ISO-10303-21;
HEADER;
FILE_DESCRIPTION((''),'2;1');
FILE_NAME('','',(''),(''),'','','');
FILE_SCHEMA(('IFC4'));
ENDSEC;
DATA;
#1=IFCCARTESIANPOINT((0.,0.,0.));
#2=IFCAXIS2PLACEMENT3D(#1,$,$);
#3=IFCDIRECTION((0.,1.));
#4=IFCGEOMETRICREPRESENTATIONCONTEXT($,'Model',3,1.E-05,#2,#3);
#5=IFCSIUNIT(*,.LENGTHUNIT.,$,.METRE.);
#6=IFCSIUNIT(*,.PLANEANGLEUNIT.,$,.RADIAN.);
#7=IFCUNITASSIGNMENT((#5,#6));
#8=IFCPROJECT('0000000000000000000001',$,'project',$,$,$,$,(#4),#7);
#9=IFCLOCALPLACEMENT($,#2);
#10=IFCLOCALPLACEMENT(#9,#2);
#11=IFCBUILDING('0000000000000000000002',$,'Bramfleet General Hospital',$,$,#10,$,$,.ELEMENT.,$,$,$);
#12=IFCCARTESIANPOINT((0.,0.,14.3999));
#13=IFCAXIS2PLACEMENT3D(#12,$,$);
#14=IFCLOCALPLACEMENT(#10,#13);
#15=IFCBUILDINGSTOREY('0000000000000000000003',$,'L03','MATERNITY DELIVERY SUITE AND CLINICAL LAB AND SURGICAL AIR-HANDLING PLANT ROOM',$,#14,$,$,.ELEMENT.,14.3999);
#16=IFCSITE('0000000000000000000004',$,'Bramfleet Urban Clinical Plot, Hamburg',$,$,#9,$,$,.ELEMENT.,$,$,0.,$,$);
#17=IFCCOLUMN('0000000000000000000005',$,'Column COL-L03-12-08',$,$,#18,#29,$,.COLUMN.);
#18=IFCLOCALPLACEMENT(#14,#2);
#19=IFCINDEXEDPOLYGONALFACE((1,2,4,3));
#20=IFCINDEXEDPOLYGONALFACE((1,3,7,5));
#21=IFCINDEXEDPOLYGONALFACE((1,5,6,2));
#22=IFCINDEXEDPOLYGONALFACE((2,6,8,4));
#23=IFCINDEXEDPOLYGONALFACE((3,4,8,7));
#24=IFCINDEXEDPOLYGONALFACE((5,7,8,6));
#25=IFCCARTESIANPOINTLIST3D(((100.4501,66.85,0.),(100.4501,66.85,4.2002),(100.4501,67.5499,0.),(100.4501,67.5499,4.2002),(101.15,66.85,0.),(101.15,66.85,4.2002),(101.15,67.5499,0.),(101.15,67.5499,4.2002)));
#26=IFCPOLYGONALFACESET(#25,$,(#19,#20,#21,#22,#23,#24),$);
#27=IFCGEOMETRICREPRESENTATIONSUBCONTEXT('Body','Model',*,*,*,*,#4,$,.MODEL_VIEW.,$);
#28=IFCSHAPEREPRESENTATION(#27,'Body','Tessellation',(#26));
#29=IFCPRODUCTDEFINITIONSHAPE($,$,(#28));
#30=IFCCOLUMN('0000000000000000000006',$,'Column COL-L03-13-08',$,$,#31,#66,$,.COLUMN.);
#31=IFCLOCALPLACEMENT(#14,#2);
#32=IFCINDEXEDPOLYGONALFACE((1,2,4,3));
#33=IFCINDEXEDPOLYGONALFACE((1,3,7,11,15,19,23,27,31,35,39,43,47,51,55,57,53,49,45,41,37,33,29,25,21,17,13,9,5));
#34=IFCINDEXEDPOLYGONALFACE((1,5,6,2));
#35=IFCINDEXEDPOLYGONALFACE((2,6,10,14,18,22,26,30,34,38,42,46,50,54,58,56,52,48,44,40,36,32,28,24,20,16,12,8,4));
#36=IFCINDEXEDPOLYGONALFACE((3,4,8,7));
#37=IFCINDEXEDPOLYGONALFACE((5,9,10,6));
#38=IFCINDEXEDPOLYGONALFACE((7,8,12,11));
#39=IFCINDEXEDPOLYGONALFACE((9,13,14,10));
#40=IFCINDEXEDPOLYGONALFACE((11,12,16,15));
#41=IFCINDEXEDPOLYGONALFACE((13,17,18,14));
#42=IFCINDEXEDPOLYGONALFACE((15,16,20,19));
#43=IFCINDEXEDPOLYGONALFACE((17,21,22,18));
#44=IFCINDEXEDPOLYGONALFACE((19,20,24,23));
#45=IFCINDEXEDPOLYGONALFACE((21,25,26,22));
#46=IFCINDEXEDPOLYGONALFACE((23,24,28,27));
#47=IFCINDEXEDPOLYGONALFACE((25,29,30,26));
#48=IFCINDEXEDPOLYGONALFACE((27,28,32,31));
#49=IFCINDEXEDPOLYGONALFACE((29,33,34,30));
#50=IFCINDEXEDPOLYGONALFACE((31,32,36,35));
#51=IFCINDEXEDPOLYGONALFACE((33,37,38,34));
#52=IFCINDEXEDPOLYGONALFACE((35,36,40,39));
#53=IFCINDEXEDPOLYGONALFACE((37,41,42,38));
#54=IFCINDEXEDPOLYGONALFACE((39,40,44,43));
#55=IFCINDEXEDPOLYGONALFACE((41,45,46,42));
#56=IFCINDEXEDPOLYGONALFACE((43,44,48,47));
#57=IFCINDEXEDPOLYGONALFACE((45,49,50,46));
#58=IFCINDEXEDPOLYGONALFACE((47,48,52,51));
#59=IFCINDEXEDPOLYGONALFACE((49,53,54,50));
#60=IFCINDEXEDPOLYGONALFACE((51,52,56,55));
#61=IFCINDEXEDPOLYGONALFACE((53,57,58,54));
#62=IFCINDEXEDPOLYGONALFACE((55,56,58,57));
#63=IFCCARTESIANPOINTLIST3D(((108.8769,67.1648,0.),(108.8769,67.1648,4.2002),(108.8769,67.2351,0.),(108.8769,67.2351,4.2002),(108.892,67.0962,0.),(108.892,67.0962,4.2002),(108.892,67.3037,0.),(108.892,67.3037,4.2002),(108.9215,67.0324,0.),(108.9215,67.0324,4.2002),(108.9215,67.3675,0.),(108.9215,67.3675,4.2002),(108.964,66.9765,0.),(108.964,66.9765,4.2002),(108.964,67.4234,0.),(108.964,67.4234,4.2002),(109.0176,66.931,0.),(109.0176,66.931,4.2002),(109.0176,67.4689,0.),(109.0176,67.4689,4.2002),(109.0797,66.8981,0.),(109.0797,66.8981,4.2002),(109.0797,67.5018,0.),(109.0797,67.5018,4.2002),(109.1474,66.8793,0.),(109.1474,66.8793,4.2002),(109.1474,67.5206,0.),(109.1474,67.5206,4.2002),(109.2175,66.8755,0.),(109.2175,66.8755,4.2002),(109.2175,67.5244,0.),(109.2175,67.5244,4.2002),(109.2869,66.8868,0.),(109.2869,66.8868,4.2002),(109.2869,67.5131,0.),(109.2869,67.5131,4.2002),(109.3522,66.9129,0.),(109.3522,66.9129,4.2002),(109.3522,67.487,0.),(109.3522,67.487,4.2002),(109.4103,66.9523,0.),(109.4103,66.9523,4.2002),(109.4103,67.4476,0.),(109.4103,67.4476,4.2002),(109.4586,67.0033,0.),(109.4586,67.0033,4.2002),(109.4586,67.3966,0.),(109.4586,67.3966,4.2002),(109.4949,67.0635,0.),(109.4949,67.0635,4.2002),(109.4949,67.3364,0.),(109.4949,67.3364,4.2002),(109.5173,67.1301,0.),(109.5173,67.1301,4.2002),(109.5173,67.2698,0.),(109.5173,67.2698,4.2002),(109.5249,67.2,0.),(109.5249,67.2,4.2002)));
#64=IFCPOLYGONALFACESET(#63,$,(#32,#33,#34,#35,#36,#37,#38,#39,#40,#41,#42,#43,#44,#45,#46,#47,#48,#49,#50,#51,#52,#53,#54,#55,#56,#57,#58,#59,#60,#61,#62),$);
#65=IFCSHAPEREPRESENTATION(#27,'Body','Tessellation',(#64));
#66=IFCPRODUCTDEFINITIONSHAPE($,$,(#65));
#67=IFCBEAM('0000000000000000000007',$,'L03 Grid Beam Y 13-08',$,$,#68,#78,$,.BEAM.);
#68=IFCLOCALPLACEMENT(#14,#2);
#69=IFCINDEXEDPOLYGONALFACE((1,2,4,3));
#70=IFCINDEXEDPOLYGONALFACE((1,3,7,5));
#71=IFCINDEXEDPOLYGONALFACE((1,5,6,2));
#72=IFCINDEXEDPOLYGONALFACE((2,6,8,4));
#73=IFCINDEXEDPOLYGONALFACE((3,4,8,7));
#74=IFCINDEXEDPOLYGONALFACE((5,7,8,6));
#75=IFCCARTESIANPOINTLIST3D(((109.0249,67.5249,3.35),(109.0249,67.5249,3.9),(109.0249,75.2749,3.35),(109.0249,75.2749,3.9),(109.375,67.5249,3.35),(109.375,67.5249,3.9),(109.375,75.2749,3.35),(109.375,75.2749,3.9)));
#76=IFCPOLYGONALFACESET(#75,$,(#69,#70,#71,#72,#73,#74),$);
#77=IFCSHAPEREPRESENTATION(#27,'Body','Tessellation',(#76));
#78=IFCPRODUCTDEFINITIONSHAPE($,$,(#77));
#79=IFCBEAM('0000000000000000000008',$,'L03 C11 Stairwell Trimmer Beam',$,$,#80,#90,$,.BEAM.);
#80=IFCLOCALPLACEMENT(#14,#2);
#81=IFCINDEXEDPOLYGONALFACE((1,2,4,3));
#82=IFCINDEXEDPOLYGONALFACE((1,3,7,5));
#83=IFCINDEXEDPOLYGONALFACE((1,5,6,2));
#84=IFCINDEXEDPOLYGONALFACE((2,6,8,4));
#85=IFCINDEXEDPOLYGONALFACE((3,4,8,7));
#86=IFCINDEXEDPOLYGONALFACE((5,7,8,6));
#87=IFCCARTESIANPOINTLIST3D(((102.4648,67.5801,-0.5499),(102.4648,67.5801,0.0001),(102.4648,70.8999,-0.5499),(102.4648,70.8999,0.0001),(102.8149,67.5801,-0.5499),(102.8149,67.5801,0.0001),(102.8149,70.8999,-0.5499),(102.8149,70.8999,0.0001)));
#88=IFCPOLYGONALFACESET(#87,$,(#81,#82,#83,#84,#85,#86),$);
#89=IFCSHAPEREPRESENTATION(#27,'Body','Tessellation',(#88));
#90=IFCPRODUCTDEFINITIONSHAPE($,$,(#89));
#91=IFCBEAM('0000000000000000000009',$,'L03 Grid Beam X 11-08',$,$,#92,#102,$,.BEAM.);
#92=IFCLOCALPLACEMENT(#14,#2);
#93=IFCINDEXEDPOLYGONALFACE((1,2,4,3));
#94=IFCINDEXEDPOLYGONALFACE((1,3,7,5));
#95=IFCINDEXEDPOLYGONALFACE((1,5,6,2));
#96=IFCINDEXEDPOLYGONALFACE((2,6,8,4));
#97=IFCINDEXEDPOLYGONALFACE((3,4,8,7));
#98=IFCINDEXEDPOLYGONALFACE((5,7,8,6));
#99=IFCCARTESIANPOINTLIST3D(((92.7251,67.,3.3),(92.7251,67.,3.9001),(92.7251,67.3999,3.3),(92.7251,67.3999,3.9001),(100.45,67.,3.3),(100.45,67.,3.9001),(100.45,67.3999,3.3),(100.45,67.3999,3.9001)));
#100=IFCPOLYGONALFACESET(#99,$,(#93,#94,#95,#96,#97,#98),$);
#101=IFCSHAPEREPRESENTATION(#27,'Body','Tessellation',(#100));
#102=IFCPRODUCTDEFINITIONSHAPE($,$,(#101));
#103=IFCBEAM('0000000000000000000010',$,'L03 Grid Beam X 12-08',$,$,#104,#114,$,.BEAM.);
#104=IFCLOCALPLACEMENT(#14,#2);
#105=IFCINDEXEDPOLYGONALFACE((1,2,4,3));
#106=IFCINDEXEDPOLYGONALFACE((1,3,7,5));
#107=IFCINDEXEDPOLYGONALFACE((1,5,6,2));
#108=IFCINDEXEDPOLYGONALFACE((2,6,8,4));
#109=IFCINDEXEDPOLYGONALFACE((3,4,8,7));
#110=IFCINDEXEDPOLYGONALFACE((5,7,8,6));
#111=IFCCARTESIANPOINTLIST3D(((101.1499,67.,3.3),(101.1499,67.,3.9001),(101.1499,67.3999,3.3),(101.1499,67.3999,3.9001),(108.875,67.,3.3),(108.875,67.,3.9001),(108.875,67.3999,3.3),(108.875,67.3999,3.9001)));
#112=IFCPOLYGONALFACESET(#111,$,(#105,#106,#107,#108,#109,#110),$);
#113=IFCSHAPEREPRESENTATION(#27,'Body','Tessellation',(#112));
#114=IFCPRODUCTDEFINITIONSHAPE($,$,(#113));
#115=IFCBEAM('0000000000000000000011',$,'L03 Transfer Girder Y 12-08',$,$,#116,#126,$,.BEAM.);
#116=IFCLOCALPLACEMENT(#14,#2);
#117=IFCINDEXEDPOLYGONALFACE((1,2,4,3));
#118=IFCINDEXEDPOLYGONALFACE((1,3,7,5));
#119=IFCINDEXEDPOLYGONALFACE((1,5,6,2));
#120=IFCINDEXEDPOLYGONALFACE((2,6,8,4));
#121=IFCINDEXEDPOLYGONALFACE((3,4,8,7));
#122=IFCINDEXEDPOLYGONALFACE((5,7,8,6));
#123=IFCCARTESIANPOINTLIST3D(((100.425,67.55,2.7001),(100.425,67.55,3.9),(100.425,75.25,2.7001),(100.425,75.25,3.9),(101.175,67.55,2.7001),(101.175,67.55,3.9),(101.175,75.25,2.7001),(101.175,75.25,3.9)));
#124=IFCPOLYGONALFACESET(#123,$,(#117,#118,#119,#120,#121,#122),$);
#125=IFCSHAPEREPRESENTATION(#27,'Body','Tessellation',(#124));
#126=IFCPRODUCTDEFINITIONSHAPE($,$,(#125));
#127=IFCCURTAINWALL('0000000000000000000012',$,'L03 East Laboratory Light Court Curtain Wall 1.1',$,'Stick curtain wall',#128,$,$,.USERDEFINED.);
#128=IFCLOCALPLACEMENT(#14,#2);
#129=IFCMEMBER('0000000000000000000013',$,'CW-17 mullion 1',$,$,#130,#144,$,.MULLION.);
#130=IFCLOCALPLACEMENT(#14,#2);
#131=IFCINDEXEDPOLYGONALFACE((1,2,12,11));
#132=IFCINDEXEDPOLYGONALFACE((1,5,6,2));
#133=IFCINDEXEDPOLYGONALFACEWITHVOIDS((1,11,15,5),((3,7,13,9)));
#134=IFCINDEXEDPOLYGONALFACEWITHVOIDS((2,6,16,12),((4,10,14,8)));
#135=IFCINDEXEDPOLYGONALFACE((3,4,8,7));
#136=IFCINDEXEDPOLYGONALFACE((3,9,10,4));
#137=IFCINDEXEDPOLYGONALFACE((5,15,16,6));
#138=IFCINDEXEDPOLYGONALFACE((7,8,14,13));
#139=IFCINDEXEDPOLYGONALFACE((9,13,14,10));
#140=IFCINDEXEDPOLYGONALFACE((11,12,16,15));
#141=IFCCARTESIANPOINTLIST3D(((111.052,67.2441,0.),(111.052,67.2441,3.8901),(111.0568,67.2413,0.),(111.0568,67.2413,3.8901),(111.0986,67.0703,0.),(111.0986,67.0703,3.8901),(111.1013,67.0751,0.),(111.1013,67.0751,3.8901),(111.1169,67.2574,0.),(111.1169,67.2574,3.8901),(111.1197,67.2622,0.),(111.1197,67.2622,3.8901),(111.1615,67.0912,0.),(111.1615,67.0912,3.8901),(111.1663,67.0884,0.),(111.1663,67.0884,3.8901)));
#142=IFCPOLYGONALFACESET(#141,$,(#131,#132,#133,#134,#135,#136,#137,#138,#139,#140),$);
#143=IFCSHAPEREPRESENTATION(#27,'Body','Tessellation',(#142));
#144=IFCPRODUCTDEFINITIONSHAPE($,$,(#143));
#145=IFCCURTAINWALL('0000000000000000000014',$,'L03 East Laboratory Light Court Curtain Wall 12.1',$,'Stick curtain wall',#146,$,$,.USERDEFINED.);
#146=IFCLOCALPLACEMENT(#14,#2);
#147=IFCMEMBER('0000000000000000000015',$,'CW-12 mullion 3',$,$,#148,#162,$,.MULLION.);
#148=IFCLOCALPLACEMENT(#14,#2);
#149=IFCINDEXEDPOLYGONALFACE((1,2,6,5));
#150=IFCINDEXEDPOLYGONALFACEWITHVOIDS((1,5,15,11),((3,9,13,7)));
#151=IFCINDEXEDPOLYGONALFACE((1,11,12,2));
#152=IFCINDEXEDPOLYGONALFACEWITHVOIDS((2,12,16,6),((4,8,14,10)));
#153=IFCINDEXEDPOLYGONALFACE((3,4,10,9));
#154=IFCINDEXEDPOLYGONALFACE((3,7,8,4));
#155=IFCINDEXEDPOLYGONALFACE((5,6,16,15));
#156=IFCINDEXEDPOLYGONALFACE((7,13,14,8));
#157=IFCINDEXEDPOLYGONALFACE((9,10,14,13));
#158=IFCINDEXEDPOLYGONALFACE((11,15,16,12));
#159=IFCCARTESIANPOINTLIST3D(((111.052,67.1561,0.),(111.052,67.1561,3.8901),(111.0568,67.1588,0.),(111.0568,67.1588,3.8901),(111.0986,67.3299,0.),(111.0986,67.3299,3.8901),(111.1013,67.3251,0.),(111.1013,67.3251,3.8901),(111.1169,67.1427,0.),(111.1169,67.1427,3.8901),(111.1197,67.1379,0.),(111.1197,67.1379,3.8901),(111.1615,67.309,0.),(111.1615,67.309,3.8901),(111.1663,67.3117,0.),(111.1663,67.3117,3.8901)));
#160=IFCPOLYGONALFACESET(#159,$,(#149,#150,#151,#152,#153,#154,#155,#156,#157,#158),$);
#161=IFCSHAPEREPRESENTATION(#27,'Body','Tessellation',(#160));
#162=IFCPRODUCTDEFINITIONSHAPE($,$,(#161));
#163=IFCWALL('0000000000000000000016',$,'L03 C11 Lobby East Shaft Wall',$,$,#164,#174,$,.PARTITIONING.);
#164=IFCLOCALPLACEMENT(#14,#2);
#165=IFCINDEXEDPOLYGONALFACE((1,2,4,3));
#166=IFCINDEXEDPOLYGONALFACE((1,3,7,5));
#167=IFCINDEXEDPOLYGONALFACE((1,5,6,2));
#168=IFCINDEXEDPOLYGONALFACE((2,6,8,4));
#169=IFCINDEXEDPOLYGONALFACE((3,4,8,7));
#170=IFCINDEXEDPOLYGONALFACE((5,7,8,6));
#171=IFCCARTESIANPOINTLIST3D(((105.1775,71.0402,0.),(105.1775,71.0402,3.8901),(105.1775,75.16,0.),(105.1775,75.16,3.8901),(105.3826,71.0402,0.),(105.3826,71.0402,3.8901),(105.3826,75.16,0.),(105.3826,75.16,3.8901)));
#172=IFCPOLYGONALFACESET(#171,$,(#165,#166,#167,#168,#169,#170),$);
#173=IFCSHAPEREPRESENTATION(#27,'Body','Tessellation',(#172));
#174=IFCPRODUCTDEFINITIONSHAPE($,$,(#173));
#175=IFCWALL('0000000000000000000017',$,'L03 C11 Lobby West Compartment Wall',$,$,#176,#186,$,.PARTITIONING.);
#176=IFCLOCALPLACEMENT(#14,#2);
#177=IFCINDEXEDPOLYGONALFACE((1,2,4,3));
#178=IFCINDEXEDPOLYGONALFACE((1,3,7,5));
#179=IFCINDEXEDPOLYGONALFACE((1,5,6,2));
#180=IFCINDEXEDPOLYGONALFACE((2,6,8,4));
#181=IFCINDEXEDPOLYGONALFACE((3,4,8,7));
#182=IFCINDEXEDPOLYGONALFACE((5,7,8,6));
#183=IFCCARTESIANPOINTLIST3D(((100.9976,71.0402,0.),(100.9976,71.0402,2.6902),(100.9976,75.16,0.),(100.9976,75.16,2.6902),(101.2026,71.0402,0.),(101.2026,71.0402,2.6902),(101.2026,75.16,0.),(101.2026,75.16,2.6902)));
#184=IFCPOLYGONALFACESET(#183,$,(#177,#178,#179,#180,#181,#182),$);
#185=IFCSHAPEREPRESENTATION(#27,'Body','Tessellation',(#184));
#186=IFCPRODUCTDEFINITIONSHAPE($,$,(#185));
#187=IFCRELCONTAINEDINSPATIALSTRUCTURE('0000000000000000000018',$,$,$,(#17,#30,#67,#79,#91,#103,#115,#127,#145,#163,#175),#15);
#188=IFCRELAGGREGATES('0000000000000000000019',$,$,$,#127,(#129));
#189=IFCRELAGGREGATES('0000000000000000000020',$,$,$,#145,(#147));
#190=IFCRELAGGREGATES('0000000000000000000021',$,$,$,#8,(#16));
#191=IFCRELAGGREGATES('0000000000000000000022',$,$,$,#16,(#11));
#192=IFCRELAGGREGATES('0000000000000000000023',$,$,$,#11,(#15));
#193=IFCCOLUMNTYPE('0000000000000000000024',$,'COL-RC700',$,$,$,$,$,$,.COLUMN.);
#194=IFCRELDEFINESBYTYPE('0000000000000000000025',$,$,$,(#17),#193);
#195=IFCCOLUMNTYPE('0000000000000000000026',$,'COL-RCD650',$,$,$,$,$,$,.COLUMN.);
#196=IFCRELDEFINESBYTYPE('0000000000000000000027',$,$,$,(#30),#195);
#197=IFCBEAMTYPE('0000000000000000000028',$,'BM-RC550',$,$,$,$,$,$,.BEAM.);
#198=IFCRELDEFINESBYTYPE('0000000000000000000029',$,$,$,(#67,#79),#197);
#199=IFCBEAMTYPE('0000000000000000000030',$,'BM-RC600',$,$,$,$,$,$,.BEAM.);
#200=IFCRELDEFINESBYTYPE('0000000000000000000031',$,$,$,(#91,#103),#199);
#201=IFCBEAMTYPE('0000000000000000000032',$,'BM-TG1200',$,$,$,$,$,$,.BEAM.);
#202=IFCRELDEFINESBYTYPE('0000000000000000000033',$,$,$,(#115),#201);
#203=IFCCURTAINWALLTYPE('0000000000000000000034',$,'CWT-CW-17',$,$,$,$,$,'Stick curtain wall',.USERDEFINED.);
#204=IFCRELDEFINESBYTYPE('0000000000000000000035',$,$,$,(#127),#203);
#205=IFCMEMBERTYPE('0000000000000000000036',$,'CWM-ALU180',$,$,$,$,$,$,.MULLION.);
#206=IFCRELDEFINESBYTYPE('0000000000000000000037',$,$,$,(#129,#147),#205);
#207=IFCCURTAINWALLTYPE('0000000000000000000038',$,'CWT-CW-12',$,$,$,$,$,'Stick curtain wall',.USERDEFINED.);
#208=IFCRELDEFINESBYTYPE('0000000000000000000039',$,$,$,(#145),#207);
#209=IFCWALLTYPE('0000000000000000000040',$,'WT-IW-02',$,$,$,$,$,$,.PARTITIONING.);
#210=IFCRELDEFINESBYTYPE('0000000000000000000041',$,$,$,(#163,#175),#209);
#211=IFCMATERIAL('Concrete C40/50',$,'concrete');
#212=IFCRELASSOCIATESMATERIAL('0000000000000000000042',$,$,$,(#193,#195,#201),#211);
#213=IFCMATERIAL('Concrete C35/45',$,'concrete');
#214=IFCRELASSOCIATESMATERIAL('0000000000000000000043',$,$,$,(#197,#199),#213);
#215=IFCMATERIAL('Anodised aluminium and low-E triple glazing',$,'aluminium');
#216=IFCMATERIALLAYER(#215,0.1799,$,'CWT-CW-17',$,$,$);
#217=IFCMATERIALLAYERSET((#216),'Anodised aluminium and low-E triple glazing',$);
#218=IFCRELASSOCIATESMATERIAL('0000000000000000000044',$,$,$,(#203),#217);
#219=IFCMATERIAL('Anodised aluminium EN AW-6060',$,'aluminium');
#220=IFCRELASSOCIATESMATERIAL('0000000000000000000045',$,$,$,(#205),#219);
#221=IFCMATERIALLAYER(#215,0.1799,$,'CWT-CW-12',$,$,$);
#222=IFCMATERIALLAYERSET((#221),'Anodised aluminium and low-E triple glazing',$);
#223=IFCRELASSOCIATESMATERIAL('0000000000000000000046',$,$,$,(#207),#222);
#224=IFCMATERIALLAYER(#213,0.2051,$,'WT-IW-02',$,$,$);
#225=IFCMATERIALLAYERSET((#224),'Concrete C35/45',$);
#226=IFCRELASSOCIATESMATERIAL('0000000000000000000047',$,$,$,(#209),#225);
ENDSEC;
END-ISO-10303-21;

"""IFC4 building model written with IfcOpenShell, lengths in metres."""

from ifc_helpers import new_model, si_unit, direction, frame, frame_2d, origin, origin_2d, place, context, subcontext, project, spatial, rectangle, hollow_rectangle, circle, extrude, material, layer, layer_set, material_profile, profile_set, type_object, element, aggregate, save


model = new_model("IFC4")

# Units and contexts
model_context = context("Model", 3, precision=1e-05, world=origin(), true_north=direction((0.0, 1.0)))
body_context = subcontext(model_context, "Body", "Model", "MODEL_VIEW")
ifc_project = project(units=[si_unit("LENGTHUNIT", "METRE"), si_unit("PLANEANGLEUNIT", "RADIAN")], contexts=[model_context])

# Site, building, storey
site_placement = place(None, origin())
site = spatial("IfcSite", under=ifc_project, at=site_placement, Name="Bramfleet Urban Clinical Plot, Hamburg", CompositionType="ELEMENT", RefElevation=0.0)
building_placement = place(site_placement, origin())
building = spatial("IfcBuilding", under=site, at=building_placement, Name="Bramfleet General Hospital", CompositionType="ELEMENT")
storey_placement = place(building_placement, frame((0.0, 0.0, 14.3999)))
storey = spatial("IfcBuildingStorey", under=building, at=storey_placement, Name="L03", Description="MATERNITY DELIVERY SUITE AND CLINICAL LAB AND SURGICAL AIR-HANDLING PLANT ROOM", CompositionType="ELEMENT", Elevation=14.3999)

# Columns
ifc_material_1 = material(Name="Concrete C40/50", Category="concrete")
ifc_material_profile_1 = material_profile(ifc_material_1, rectangle(XDim=0.7, YDim=0.7, at=origin_2d()), Name="RC COL 700x700")
ifc_profile_set_1 = profile_set([ifc_material_profile_1], Name="Concrete C40/50")
column_type_1 = type_object("IfcColumnType", Name="COL-RC700", PredefinedType="COLUMN", material=ifc_profile_set_1)
column_1_placement = place(storey_placement, frame((100.8, 67.2, 0.0), z_axis=(0.0, 0.0, 1.0), x_axis=(1.0, 0.0, 0.0)))
element("IfcColumn", 1, at=column_1_placement, inside=storey, type_object=column_type_1, Name="Column COL-L03-12-08", PredefinedType="COLUMN", context=body_context, shape_type="SweptSolid", body=[
    extrude(rectangle(XDim=0.7, YDim=0.7, at=origin_2d()), origin(), (0.0, 0.0, 1.0), 4.2002),
])
ifc_material_profile_2 = material_profile(ifc_material_1, circle(Radius=0.325, at=origin_2d()), Name="RC ROUND D650")
ifc_profile_set_2 = profile_set([ifc_material_profile_2], Name="Concrete C40/50")
column_type_2 = type_object("IfcColumnType", Name="COL-RCD650", PredefinedType="COLUMN", material=ifc_profile_set_2)
column_2_placement = place(storey_placement, frame((109.2, 67.2, 0.0), z_axis=(0.0, 0.0, 1.0), x_axis=(1.0, 0.0, 0.0)))
element("IfcColumn", 2, at=column_2_placement, inside=storey, type_object=column_type_2, Name="Column COL-L03-13-08", PredefinedType="COLUMN", context=body_context, shape_type="SweptSolid", body=[
    extrude(circle(Radius=0.325, at=origin_2d()), origin(), (0.0, 0.0, 1.0), 4.2002),
])

# Beams
ifc_material_2 = material(Name="Concrete C35/45", Category="concrete")
ifc_material_profile_3 = material_profile(ifc_material_2, rectangle(XDim=0.3501, YDim=0.55, at=origin_2d()), Name="RC BM 550x350")
ifc_profile_set_3 = profile_set([ifc_material_profile_3], Name="Concrete C35/45")
beam_type_1 = type_object("IfcBeamType", Name="BM-RC550", PredefinedType="BEAM", material=ifc_profile_set_3)
beam_1_placement = place(storey_placement, frame((109.2, 67.5249, 3.625), z_axis=(0.0, 1.0, 0.0), x_axis=(-1.0, 0.0, 0.0)))
element("IfcBeam", 3, at=beam_1_placement, inside=storey, type_object=beam_type_1, Name="L03 Grid Beam Y 13-08", PredefinedType="BEAM", context=body_context, shape_type="SweptSolid", body=[
    extrude(rectangle(XDim=0.3501, YDim=0.55, at=origin_2d()), origin(), (0.0, 0.0, 1.0), 7.75),
])
beam_2_placement = place(storey_placement, frame((102.6399, 67.5801, -0.2749), z_axis=(0.0, 1.0, 0.0), x_axis=(-1.0, 0.0, 0.0)))
element("IfcBeam", 4, at=beam_2_placement, inside=storey, type_object=beam_type_1, Name="L03 C11 Stairwell Trimmer Beam", PredefinedType="BEAM", context=body_context, shape_type="SweptSolid", body=[
    extrude(rectangle(XDim=0.3501, YDim=0.55, at=origin_2d()), origin(), (0.0, 0.0, 1.0), 3.3198),
])
ifc_material_profile_4 = material_profile(ifc_material_2, rectangle(XDim=0.3999, YDim=0.6001, at=origin_2d()), Name="RC BM 600x400")
ifc_profile_set_4 = profile_set([ifc_material_profile_4], Name="Concrete C35/45")
beam_type_2 = type_object("IfcBeamType", Name="BM-RC600", PredefinedType="BEAM", material=ifc_profile_set_4)
beam_3_placement = place(storey_placement, frame((92.7251, 67.2, 3.6001), z_axis=(1.0, 0.0, 0.0), x_axis=(0.0, 1.0, 0.0)))
element("IfcBeam", 5, at=beam_3_placement, inside=storey, type_object=beam_type_2, Name="L03 Grid Beam X 11-08", PredefinedType="BEAM", context=body_context, shape_type="SweptSolid", body=[
    extrude(rectangle(XDim=0.3999, YDim=0.6001, at=origin_2d()), origin(), (0.0, 0.0, 1.0), 7.7249),
])
beam_4_placement = place(storey_placement, frame((101.1499, 67.2, 3.6001), z_axis=(1.0, 0.0, 0.0), x_axis=(0.0, 1.0, 0.0)))
element("IfcBeam", 6, at=beam_4_placement, inside=storey, type_object=beam_type_2, Name="L03 Grid Beam X 12-08", PredefinedType="BEAM", context=body_context, shape_type="SweptSolid", body=[
    extrude(rectangle(XDim=0.3999, YDim=0.6001, at=origin_2d()), origin(), (0.0, 0.0, 1.0), 7.7251),
])
ifc_material_profile_5 = material_profile(ifc_material_1, rectangle(XDim=0.75, YDim=1.2, at=origin_2d()), Name="RC TG 1200x750")
ifc_profile_set_5 = profile_set([ifc_material_profile_5], Name="Concrete C40/50")
beam_type_3 = type_object("IfcBeamType", Name="BM-TG1200", PredefinedType="BEAM", material=ifc_profile_set_5)
beam_5_placement = place(storey_placement, frame((100.8, 67.55, 3.3), z_axis=(0.0, 1.0, 0.0), x_axis=(-1.0, 0.0, 0.0)))
element("IfcBeam", 7, at=beam_5_placement, inside=storey, type_object=beam_type_3, Name="L03 Transfer Girder Y 12-08", PredefinedType="BEAM", context=body_context, shape_type="SweptSolid", body=[
    extrude(rectangle(XDim=0.75, YDim=1.2, at=origin_2d()), origin(), (0.0, 0.0, 1.0), 7.7),
])

# Curtain walls, members
ifc_material_3 = material(Name="Anodised aluminium and low-E triple glazing", Category="aluminium")
ifc_layer_1 = layer(ifc_material_3, 0.1799, Name="CWT-CW-17")
ifc_layer_set_1 = layer_set([ifc_layer_1], Name="Anodised aluminium and low-E triple glazing")
curtain_wall_type_1 = type_object("IfcCurtainWallType", Name="CWT-CW-17", ElementType="Stick curtain wall", PredefinedType="USERDEFINED", material=ifc_layer_set_1)
curtain_wall_1_placement = place(storey_placement, origin())
curtain_wall_1 = element("IfcCurtainWall", 8, at=curtain_wall_1_placement, inside=storey, type_object=curtain_wall_type_1, Name="L03 East Laboratory Light Court Curtain Wall 1.1", ObjectType="Stick curtain wall", PredefinedType="USERDEFINED")
ifc_material_4 = material(Name="Anodised aluminium EN AW-6060", Category="aluminium")
ifc_material_profile_6 = material_profile(ifc_material_4, hollow_rectangle(XDim=0.0701, YDim=0.1799, WallThickness=0.0039, at=origin_2d()), Name="ALU 180x70x4.0")
ifc_profile_set_6 = profile_set([ifc_material_profile_6], Name="Anodised aluminium EN AW-6060")
member_type = type_object("IfcMemberType", Name="CWM-ALU180", PredefinedType="MULLION", material=ifc_profile_set_6)
member_1_placement = place(storey_placement, frame((111.1091, 67.1663, 0.0), z_axis=(0.0, 0.0, 1.0), x_axis=(0.965914, 0.258865, 0.0)))
member_1 = element("IfcMember", 9, at=member_1_placement, type_object=member_type, Name="CW-17 mullion 1", PredefinedType="MULLION", context=body_context, shape_type="SweptSolid", body=[
    extrude(hollow_rectangle(XDim=0.0701, YDim=0.1799, WallThickness=0.0039, at=origin_2d()), origin(), (0.0, 0.0, 1.0), 3.8901),
])
aggregate(curtain_wall_1, [member_1])
ifc_layer_2 = layer(ifc_material_3, 0.1799, Name="CWT-CW-12")
ifc_layer_set_2 = layer_set([ifc_layer_2], Name="Anodised aluminium and low-E triple glazing")
curtain_wall_type_2 = type_object("IfcCurtainWallType", Name="CWT-CW-12", ElementType="Stick curtain wall", PredefinedType="USERDEFINED", material=ifc_layer_set_2)
curtain_wall_2_placement = place(storey_placement, origin())
curtain_wall_2 = element("IfcCurtainWall", 10, at=curtain_wall_2_placement, inside=storey, type_object=curtain_wall_type_2, Name="L03 East Laboratory Light Court Curtain Wall 12.1", ObjectType="Stick curtain wall", PredefinedType="USERDEFINED")
member_2_placement = place(storey_placement, frame((111.1091, 67.2339, 0.0), z_axis=(0.0, 0.0, 1.0), x_axis=(0.965914, -0.258865, 0.0)))
member_2 = element("IfcMember", 11, at=member_2_placement, type_object=member_type, Name="CW-12 mullion 3", PredefinedType="MULLION", context=body_context, shape_type="SweptSolid", body=[
    extrude(hollow_rectangle(XDim=0.0701, YDim=0.1799, WallThickness=0.0039, at=origin_2d()), origin(), (0.0, 0.0, 1.0), 3.8901),
])
aggregate(curtain_wall_2, [member_2])

# Walls
ifc_layer_3 = layer(ifc_material_2, 0.2051, Name="WT-IW-02")
ifc_layer_set_3 = layer_set([ifc_layer_3], Name="Concrete C35/45")
wall_type_1 = type_object("IfcWallType", Name="WT-IW-02", PredefinedType="PARTITIONING", material=ifc_layer_set_3)
wall_1_placement = place(storey_placement, frame((105.28, 71.04, 0.0), z_axis=(0.0, 0.0, 1.0), x_axis=(0.0, 1.0, 0.0)))
element("IfcWall", 12, at=wall_1_placement, inside=storey, type_object=wall_type_1, Name="L03 C11 Lobby East Shaft Wall", PredefinedType="PARTITIONING", context=body_context, shape_type="SweptSolid", body=[
    extrude(rectangle(XDim=4.1199, YDim=0.2051, at=frame_2d((2.0601, 0.0))), origin(), (0.0, 0.0, 1.0), 3.8901),
])
wall_2_placement = place(storey_placement, frame((101.1001, 71.04, 0.0), z_axis=(0.0, 0.0, 1.0), x_axis=(0.0, 1.0, 0.0)))
element("IfcWall", 13, at=wall_2_placement, inside=storey, type_object=wall_type_1, Name="L03 C11 Lobby West Compartment Wall", PredefinedType="PARTITIONING", context=body_context, shape_type="SweptSolid", body=[
    extrude(rectangle(XDim=4.1199, YDim=0.2051, at=frame_2d((2.0601, 0.0))), origin(), (0.0, 0.0, 1.0), 2.6902),
])

save(model, "model.ifc")
